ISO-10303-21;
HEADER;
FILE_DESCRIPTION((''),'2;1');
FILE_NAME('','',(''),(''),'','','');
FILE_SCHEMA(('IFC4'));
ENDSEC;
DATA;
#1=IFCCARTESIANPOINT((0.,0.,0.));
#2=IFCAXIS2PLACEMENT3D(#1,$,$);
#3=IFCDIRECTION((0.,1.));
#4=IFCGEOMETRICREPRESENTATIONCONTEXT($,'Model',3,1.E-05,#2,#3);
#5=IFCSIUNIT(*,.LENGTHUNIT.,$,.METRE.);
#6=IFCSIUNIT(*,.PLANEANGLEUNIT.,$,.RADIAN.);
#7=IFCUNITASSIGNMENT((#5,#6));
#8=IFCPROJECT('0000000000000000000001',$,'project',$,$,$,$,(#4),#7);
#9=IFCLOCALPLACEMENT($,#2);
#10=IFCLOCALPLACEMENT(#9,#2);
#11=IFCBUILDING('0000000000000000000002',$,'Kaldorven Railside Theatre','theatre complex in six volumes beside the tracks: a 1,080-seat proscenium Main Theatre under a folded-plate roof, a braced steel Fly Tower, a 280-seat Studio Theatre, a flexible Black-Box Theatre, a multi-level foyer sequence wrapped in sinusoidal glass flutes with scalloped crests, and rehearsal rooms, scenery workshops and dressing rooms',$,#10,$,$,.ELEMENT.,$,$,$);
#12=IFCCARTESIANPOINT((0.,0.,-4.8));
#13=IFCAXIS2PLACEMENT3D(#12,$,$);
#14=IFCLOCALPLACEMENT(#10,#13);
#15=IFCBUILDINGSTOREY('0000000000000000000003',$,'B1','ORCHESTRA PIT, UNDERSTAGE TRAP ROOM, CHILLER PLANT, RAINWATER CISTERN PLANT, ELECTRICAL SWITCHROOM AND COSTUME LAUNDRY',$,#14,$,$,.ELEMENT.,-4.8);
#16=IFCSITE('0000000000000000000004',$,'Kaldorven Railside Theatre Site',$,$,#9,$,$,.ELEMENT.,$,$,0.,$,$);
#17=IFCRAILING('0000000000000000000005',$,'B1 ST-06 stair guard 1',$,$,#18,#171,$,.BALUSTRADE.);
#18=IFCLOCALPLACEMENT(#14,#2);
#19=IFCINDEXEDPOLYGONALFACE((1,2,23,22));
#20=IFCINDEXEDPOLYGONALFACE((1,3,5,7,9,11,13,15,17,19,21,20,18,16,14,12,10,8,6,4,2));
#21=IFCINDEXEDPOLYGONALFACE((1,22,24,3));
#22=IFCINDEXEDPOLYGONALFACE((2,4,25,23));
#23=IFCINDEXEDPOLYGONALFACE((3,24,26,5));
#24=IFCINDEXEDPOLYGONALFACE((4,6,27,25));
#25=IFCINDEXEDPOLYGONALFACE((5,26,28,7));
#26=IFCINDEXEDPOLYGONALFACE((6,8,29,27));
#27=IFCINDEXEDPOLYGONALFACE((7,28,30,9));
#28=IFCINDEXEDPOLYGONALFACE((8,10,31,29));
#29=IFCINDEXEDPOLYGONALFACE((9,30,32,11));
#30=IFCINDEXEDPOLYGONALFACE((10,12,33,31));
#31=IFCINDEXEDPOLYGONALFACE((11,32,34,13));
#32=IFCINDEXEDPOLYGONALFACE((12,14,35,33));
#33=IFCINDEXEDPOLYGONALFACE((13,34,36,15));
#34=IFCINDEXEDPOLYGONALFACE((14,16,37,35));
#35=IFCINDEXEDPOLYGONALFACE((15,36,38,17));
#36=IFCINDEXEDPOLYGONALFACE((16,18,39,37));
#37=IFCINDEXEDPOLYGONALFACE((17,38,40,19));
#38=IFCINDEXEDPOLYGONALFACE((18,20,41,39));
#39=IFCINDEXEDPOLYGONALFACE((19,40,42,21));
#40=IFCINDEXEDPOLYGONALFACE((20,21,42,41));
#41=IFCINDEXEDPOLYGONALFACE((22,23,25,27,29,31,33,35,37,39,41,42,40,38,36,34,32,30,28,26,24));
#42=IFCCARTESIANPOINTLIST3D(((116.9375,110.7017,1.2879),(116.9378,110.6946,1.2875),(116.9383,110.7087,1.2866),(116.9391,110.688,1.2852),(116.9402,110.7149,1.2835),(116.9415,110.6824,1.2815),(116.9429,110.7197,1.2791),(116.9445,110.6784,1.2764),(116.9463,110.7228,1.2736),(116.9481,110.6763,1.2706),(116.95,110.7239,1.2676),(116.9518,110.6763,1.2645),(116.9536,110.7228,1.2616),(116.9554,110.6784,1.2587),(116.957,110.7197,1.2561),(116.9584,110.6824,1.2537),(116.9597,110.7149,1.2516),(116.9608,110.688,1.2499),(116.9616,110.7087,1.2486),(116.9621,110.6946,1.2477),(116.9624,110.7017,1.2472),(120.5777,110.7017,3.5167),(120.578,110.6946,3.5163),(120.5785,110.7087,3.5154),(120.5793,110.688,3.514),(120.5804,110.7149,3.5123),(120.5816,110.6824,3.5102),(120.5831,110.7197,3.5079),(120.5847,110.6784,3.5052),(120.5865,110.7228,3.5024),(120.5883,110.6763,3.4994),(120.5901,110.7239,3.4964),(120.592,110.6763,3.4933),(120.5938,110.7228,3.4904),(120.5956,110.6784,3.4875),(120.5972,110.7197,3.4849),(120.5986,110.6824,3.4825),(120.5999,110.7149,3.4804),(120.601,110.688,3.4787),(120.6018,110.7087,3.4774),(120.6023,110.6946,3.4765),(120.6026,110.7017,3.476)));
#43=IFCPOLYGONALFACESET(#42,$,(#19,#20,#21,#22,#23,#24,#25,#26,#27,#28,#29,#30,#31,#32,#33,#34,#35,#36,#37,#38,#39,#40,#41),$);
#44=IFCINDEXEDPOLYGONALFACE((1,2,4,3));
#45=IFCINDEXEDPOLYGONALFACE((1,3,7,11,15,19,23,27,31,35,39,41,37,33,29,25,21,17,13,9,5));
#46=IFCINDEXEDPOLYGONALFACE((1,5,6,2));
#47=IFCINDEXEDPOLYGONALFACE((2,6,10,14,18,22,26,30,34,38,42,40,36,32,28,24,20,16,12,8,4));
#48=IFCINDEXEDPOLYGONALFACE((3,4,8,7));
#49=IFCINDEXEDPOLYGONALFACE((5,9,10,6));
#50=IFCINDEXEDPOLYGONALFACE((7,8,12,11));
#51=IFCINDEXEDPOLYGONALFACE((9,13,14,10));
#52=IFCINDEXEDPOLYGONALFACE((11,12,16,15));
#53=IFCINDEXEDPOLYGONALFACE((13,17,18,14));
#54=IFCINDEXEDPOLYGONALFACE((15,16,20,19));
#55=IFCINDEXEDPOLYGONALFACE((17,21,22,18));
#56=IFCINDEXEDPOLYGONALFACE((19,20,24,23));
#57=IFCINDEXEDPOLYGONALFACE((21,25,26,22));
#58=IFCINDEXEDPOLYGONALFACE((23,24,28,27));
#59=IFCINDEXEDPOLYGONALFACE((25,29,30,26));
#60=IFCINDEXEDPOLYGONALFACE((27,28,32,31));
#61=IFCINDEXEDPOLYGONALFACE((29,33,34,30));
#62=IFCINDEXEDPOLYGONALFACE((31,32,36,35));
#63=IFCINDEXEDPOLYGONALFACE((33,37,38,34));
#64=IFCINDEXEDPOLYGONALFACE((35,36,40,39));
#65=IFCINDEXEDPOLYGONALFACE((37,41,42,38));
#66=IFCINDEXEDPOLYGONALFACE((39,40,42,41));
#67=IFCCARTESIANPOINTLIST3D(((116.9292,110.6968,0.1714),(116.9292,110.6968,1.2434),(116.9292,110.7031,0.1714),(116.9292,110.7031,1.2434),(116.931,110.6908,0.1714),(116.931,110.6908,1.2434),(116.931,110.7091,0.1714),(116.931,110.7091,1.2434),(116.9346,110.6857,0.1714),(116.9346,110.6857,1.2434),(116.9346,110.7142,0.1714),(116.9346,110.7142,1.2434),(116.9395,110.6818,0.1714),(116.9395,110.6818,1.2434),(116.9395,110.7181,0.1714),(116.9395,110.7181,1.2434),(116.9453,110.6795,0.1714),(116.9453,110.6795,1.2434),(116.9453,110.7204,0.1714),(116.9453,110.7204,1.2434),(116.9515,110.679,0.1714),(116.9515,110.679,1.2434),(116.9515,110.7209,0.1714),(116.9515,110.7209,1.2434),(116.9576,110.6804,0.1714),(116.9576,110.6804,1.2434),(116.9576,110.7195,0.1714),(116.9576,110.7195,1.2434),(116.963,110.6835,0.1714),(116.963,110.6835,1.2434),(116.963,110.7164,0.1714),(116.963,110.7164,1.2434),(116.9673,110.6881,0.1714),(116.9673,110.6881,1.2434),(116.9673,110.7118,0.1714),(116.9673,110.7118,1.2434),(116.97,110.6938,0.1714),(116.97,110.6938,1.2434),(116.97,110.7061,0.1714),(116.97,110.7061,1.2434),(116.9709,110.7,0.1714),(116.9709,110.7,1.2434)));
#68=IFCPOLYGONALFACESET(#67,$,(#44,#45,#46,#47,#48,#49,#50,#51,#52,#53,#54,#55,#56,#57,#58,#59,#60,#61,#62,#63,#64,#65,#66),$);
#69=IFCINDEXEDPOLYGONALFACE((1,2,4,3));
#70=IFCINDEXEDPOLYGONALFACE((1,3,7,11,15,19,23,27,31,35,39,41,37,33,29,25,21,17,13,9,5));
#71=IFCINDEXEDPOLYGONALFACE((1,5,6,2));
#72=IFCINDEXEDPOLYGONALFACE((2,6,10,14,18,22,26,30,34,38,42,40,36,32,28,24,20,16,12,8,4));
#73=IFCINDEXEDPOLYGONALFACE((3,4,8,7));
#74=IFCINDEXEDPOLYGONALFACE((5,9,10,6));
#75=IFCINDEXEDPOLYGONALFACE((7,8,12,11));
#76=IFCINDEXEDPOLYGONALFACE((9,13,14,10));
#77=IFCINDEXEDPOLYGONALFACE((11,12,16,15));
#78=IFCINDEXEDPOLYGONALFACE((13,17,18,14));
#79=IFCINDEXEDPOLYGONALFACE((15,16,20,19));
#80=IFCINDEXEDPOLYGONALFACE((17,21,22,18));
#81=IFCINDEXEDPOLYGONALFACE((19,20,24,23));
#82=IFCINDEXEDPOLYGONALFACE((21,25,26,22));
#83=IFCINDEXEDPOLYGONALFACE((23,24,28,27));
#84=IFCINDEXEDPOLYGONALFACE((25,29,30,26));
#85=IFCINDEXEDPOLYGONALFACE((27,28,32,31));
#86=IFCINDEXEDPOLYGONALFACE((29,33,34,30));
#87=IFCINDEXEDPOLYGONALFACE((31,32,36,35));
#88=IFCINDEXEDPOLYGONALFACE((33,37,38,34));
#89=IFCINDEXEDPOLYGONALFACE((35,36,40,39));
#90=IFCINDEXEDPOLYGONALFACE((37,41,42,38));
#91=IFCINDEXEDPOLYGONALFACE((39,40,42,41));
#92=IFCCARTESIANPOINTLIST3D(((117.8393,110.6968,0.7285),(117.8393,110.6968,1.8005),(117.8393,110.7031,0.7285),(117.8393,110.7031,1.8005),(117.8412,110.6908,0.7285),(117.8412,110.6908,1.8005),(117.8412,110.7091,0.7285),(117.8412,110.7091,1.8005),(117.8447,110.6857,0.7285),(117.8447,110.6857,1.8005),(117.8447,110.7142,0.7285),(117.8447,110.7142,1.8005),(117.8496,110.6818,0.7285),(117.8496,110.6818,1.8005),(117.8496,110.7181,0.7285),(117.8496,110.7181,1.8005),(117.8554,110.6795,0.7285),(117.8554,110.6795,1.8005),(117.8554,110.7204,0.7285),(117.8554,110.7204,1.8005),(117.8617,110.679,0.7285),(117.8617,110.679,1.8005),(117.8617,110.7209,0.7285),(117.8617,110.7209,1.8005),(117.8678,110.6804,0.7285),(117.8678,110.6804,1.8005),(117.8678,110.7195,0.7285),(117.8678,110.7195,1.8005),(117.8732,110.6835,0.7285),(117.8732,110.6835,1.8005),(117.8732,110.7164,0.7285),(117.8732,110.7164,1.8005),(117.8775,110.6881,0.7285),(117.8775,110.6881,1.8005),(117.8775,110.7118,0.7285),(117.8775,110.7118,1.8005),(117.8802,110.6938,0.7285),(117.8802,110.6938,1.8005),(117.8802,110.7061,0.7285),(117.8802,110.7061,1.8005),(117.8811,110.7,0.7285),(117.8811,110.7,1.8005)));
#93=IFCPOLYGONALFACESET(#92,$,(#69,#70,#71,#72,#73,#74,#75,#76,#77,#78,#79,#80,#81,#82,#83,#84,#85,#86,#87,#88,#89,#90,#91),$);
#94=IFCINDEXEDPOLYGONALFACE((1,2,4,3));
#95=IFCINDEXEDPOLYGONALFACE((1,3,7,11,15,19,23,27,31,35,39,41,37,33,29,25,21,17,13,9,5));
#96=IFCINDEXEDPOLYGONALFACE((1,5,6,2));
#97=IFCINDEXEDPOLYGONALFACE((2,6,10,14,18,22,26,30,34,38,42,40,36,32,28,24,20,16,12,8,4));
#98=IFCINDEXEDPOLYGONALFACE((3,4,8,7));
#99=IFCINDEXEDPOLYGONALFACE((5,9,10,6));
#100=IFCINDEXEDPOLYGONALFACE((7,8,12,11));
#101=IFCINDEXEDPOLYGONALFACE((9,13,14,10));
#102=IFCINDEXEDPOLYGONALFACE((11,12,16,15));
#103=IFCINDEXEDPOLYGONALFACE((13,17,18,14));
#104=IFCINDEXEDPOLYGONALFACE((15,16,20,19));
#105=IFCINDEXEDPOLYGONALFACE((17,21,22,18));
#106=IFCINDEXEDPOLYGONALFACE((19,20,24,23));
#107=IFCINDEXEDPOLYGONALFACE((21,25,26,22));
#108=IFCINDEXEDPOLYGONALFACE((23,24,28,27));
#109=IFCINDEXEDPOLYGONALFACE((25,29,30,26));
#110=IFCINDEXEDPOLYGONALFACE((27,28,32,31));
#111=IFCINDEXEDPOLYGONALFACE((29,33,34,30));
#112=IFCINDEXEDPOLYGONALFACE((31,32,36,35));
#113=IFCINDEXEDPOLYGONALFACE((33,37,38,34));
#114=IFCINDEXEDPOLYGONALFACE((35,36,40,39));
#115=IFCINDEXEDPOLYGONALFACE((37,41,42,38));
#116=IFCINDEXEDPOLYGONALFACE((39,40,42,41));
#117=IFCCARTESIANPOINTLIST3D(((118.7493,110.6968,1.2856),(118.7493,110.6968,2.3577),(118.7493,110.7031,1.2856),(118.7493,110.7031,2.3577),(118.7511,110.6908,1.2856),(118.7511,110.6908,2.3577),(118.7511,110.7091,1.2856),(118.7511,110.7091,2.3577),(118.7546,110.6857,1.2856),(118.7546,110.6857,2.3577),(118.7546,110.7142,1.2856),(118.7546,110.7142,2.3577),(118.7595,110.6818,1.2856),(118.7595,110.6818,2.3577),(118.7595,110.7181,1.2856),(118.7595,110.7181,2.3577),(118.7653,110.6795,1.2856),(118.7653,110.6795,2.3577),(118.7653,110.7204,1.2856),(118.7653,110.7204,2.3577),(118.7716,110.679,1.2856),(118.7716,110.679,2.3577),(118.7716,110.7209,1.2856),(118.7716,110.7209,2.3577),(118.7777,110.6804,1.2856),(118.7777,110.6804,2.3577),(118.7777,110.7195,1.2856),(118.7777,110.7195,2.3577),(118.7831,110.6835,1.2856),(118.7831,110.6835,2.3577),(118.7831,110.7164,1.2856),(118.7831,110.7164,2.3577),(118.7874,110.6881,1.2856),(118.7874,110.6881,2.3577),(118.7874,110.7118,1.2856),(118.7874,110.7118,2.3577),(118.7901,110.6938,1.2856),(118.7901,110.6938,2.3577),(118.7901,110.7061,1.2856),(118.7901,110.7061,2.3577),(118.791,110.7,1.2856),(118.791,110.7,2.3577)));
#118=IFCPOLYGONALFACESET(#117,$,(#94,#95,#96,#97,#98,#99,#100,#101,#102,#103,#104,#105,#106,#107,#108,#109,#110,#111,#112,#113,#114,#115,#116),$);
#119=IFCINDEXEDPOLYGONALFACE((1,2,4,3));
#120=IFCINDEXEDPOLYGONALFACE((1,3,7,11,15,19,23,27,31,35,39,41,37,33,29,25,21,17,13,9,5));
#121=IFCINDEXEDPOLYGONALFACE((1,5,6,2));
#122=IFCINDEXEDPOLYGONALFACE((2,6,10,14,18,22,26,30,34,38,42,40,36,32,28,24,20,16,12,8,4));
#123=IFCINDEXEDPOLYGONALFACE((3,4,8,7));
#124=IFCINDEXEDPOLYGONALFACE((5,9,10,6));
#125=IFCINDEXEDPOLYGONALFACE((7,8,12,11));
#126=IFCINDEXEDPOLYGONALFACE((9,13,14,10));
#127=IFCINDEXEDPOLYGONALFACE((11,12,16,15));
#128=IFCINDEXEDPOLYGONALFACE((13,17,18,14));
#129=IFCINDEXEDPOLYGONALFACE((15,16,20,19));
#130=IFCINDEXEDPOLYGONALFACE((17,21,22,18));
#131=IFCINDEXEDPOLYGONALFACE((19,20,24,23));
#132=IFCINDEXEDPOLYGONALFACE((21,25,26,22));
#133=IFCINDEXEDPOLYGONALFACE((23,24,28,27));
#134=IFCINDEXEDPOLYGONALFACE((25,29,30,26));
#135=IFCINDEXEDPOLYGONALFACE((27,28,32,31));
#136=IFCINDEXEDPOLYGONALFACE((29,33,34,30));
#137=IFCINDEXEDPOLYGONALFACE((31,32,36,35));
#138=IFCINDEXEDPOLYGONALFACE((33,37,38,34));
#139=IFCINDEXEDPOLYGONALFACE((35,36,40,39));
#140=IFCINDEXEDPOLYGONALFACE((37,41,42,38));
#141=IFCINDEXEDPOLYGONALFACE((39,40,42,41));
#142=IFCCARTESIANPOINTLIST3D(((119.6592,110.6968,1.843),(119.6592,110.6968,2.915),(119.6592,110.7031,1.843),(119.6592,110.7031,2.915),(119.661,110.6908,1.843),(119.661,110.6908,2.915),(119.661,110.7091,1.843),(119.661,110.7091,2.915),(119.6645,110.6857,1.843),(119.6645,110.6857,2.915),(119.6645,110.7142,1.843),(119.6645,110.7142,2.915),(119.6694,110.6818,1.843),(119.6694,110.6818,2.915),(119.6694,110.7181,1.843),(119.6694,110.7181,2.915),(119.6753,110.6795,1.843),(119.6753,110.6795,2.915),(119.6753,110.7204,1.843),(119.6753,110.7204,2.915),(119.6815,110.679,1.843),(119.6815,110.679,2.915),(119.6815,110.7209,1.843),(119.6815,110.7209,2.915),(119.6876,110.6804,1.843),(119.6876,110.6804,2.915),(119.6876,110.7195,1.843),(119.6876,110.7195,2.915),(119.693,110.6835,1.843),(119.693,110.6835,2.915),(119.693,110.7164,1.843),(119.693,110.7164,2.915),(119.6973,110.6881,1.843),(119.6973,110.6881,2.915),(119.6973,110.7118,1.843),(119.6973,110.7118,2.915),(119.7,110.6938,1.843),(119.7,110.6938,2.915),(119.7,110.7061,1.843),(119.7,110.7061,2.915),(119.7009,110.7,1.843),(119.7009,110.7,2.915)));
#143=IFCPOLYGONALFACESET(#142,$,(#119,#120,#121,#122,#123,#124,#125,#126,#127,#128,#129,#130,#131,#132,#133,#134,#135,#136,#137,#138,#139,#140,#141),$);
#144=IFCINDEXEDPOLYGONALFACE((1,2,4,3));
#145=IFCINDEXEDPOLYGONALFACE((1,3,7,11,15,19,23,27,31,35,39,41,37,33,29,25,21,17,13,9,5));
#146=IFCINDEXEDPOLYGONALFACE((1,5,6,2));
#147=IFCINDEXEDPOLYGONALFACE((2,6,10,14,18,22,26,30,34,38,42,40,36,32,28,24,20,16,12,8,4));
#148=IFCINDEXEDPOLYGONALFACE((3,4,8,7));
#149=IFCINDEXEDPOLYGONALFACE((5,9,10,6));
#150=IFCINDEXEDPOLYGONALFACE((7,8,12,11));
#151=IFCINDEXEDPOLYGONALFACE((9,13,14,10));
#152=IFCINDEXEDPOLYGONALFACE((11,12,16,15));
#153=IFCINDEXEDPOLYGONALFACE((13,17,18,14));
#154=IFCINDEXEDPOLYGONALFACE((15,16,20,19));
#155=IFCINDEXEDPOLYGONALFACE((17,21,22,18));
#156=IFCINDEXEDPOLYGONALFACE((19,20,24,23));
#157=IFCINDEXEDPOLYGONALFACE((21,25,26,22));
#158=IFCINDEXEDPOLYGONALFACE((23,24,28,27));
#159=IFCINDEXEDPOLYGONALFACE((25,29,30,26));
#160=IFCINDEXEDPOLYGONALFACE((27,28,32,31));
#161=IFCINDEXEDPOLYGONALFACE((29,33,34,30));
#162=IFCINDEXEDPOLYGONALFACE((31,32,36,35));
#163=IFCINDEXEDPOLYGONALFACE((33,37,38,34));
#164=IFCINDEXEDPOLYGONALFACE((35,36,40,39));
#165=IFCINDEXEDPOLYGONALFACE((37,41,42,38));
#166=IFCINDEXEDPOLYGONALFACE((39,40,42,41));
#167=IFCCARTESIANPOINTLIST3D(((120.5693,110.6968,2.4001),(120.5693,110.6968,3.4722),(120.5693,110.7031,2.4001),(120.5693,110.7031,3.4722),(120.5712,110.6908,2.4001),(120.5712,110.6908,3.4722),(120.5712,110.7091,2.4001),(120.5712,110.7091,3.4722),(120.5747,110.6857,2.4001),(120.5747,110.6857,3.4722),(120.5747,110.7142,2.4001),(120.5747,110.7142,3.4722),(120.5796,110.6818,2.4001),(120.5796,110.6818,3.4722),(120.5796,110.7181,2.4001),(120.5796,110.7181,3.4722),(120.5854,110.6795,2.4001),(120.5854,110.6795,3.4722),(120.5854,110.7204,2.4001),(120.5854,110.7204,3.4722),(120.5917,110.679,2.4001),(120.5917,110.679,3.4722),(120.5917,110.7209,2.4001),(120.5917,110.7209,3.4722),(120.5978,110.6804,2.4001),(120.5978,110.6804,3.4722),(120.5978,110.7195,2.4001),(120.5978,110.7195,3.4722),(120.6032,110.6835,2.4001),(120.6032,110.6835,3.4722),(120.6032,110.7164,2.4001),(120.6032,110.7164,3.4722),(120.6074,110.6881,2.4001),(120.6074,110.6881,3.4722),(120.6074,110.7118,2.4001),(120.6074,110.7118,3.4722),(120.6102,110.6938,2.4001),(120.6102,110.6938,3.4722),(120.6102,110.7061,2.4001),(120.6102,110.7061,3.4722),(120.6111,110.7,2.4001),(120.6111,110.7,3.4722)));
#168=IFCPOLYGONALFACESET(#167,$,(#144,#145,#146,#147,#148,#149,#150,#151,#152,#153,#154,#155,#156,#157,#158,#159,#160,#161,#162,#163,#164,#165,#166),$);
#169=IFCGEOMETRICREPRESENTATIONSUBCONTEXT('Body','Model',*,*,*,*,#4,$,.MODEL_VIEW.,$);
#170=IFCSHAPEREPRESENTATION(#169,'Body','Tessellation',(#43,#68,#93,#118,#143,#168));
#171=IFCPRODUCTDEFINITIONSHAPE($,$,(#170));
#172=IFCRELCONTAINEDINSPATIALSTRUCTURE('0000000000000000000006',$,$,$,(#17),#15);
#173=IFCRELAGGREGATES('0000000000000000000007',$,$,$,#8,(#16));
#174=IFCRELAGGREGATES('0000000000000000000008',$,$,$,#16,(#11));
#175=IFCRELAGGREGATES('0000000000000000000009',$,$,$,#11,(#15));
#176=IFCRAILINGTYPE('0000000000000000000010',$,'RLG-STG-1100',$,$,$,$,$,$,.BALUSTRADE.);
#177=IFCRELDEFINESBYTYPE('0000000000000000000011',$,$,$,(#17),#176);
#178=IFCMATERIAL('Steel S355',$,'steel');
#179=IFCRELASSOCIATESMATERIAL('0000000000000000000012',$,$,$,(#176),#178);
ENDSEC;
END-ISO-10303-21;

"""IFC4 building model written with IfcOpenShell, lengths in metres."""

from ifc_helpers import new_model, si_unit, direction, frame, origin, origin_2d, place, context, subcontext, project, spatial, circle, extrude, material, type_object, element, save


model = new_model("IFC4")

# Units and contexts
model_context = context("Model", 3, precision=1e-05, world=origin(), true_north=direction((0.0, 1.0)))
body_context = subcontext(model_context, "Body", "Model", "MODEL_VIEW")
ifc_project = project(units=[si_unit("LENGTHUNIT", "METRE"), si_unit("PLANEANGLEUNIT", "RADIAN")], contexts=[model_context])

# Site, building, storey
site_placement = place(None, origin())
site = spatial("IfcSite", under=ifc_project, at=site_placement, Name="Kaldorven Railside Theatre Site", CompositionType="ELEMENT", RefElevation=0.0)
building_placement = place(site_placement, origin())
building = spatial("IfcBuilding", under=site, at=building_placement, Name="Kaldorven Railside Theatre", Description="theatre complex in six volumes beside the tracks: a 1,080-seat proscenium Main Theatre under a folded-plate roof, a braced steel Fly Tower, a 280-seat Studio Theatre, a flexible Black-Box Theatre, a multi-level foyer sequence wrapped in sinusoidal glass flutes with scalloped crests, and rehearsal rooms, scenery workshops and dressing rooms", CompositionType="ELEMENT")
storey_placement = place(building_placement, frame((0.0, 0.0, -4.8)))
storey = spatial("IfcBuildingStorey", under=building, at=storey_placement, Name="B1", Description="ORCHESTRA PIT, UNDERSTAGE TRAP ROOM, CHILLER PLANT, RAINWATER CISTERN PLANT, ELECTRICAL SWITCHROOM AND COSTUME LAUNDRY", CompositionType="ELEMENT", Elevation=-4.8)

# Railing
ifc_material_1 = material(Name="Steel S355", Category="steel")
railing_type_1 = type_object("IfcRailingType", Name="RLG-STG-1100", PredefinedType="BALUSTRADE", material=ifc_material_1)
railing_1_placement = place(storey_placement, frame((116.95, 110.7, 0.1714)))
element("IfcRailing", 1, at=railing_1_placement, inside=storey, type_object=railing_type_1, Name="B1 ST-06 stair guard 1", PredefinedType="BALUSTRADE", context=body_context, shape_type="SweptSolid", body=[
    extrude(circle(Radius=0.0239, at=origin_2d()), frame((0.0, 0.0, 1.0962), z_axis=(0.85284, 0.0, 0.522172), x_axis=(0.0, 1.0, 0.0)), (0.0, 0.0, 1.0), 4.2683),
    extrude(circle(Radius=0.021, at=origin_2d()), origin(), (0.0, 0.0, 1.0), 1.072),
    extrude(circle(Radius=0.021, at=origin_2d()), frame((0.9102, 0.0, 0.5571)), (0.0, 0.0, 1.0), 1.072),
    extrude(circle(Radius=0.021, at=origin_2d()), frame((1.8201, 0.0, 1.1143)), (0.0, 0.0, 1.0), 1.072),
    extrude(circle(Radius=0.021, at=origin_2d()), frame((2.73, 0.0, 1.6716)), (0.0, 0.0, 1.0), 1.072),
    extrude(circle(Radius=0.021, at=origin_2d()), frame((3.6401, 0.0, 2.2288)), (0.0, 0.0, 1.0), 1.072),
])

save(model, "model.ifc")
